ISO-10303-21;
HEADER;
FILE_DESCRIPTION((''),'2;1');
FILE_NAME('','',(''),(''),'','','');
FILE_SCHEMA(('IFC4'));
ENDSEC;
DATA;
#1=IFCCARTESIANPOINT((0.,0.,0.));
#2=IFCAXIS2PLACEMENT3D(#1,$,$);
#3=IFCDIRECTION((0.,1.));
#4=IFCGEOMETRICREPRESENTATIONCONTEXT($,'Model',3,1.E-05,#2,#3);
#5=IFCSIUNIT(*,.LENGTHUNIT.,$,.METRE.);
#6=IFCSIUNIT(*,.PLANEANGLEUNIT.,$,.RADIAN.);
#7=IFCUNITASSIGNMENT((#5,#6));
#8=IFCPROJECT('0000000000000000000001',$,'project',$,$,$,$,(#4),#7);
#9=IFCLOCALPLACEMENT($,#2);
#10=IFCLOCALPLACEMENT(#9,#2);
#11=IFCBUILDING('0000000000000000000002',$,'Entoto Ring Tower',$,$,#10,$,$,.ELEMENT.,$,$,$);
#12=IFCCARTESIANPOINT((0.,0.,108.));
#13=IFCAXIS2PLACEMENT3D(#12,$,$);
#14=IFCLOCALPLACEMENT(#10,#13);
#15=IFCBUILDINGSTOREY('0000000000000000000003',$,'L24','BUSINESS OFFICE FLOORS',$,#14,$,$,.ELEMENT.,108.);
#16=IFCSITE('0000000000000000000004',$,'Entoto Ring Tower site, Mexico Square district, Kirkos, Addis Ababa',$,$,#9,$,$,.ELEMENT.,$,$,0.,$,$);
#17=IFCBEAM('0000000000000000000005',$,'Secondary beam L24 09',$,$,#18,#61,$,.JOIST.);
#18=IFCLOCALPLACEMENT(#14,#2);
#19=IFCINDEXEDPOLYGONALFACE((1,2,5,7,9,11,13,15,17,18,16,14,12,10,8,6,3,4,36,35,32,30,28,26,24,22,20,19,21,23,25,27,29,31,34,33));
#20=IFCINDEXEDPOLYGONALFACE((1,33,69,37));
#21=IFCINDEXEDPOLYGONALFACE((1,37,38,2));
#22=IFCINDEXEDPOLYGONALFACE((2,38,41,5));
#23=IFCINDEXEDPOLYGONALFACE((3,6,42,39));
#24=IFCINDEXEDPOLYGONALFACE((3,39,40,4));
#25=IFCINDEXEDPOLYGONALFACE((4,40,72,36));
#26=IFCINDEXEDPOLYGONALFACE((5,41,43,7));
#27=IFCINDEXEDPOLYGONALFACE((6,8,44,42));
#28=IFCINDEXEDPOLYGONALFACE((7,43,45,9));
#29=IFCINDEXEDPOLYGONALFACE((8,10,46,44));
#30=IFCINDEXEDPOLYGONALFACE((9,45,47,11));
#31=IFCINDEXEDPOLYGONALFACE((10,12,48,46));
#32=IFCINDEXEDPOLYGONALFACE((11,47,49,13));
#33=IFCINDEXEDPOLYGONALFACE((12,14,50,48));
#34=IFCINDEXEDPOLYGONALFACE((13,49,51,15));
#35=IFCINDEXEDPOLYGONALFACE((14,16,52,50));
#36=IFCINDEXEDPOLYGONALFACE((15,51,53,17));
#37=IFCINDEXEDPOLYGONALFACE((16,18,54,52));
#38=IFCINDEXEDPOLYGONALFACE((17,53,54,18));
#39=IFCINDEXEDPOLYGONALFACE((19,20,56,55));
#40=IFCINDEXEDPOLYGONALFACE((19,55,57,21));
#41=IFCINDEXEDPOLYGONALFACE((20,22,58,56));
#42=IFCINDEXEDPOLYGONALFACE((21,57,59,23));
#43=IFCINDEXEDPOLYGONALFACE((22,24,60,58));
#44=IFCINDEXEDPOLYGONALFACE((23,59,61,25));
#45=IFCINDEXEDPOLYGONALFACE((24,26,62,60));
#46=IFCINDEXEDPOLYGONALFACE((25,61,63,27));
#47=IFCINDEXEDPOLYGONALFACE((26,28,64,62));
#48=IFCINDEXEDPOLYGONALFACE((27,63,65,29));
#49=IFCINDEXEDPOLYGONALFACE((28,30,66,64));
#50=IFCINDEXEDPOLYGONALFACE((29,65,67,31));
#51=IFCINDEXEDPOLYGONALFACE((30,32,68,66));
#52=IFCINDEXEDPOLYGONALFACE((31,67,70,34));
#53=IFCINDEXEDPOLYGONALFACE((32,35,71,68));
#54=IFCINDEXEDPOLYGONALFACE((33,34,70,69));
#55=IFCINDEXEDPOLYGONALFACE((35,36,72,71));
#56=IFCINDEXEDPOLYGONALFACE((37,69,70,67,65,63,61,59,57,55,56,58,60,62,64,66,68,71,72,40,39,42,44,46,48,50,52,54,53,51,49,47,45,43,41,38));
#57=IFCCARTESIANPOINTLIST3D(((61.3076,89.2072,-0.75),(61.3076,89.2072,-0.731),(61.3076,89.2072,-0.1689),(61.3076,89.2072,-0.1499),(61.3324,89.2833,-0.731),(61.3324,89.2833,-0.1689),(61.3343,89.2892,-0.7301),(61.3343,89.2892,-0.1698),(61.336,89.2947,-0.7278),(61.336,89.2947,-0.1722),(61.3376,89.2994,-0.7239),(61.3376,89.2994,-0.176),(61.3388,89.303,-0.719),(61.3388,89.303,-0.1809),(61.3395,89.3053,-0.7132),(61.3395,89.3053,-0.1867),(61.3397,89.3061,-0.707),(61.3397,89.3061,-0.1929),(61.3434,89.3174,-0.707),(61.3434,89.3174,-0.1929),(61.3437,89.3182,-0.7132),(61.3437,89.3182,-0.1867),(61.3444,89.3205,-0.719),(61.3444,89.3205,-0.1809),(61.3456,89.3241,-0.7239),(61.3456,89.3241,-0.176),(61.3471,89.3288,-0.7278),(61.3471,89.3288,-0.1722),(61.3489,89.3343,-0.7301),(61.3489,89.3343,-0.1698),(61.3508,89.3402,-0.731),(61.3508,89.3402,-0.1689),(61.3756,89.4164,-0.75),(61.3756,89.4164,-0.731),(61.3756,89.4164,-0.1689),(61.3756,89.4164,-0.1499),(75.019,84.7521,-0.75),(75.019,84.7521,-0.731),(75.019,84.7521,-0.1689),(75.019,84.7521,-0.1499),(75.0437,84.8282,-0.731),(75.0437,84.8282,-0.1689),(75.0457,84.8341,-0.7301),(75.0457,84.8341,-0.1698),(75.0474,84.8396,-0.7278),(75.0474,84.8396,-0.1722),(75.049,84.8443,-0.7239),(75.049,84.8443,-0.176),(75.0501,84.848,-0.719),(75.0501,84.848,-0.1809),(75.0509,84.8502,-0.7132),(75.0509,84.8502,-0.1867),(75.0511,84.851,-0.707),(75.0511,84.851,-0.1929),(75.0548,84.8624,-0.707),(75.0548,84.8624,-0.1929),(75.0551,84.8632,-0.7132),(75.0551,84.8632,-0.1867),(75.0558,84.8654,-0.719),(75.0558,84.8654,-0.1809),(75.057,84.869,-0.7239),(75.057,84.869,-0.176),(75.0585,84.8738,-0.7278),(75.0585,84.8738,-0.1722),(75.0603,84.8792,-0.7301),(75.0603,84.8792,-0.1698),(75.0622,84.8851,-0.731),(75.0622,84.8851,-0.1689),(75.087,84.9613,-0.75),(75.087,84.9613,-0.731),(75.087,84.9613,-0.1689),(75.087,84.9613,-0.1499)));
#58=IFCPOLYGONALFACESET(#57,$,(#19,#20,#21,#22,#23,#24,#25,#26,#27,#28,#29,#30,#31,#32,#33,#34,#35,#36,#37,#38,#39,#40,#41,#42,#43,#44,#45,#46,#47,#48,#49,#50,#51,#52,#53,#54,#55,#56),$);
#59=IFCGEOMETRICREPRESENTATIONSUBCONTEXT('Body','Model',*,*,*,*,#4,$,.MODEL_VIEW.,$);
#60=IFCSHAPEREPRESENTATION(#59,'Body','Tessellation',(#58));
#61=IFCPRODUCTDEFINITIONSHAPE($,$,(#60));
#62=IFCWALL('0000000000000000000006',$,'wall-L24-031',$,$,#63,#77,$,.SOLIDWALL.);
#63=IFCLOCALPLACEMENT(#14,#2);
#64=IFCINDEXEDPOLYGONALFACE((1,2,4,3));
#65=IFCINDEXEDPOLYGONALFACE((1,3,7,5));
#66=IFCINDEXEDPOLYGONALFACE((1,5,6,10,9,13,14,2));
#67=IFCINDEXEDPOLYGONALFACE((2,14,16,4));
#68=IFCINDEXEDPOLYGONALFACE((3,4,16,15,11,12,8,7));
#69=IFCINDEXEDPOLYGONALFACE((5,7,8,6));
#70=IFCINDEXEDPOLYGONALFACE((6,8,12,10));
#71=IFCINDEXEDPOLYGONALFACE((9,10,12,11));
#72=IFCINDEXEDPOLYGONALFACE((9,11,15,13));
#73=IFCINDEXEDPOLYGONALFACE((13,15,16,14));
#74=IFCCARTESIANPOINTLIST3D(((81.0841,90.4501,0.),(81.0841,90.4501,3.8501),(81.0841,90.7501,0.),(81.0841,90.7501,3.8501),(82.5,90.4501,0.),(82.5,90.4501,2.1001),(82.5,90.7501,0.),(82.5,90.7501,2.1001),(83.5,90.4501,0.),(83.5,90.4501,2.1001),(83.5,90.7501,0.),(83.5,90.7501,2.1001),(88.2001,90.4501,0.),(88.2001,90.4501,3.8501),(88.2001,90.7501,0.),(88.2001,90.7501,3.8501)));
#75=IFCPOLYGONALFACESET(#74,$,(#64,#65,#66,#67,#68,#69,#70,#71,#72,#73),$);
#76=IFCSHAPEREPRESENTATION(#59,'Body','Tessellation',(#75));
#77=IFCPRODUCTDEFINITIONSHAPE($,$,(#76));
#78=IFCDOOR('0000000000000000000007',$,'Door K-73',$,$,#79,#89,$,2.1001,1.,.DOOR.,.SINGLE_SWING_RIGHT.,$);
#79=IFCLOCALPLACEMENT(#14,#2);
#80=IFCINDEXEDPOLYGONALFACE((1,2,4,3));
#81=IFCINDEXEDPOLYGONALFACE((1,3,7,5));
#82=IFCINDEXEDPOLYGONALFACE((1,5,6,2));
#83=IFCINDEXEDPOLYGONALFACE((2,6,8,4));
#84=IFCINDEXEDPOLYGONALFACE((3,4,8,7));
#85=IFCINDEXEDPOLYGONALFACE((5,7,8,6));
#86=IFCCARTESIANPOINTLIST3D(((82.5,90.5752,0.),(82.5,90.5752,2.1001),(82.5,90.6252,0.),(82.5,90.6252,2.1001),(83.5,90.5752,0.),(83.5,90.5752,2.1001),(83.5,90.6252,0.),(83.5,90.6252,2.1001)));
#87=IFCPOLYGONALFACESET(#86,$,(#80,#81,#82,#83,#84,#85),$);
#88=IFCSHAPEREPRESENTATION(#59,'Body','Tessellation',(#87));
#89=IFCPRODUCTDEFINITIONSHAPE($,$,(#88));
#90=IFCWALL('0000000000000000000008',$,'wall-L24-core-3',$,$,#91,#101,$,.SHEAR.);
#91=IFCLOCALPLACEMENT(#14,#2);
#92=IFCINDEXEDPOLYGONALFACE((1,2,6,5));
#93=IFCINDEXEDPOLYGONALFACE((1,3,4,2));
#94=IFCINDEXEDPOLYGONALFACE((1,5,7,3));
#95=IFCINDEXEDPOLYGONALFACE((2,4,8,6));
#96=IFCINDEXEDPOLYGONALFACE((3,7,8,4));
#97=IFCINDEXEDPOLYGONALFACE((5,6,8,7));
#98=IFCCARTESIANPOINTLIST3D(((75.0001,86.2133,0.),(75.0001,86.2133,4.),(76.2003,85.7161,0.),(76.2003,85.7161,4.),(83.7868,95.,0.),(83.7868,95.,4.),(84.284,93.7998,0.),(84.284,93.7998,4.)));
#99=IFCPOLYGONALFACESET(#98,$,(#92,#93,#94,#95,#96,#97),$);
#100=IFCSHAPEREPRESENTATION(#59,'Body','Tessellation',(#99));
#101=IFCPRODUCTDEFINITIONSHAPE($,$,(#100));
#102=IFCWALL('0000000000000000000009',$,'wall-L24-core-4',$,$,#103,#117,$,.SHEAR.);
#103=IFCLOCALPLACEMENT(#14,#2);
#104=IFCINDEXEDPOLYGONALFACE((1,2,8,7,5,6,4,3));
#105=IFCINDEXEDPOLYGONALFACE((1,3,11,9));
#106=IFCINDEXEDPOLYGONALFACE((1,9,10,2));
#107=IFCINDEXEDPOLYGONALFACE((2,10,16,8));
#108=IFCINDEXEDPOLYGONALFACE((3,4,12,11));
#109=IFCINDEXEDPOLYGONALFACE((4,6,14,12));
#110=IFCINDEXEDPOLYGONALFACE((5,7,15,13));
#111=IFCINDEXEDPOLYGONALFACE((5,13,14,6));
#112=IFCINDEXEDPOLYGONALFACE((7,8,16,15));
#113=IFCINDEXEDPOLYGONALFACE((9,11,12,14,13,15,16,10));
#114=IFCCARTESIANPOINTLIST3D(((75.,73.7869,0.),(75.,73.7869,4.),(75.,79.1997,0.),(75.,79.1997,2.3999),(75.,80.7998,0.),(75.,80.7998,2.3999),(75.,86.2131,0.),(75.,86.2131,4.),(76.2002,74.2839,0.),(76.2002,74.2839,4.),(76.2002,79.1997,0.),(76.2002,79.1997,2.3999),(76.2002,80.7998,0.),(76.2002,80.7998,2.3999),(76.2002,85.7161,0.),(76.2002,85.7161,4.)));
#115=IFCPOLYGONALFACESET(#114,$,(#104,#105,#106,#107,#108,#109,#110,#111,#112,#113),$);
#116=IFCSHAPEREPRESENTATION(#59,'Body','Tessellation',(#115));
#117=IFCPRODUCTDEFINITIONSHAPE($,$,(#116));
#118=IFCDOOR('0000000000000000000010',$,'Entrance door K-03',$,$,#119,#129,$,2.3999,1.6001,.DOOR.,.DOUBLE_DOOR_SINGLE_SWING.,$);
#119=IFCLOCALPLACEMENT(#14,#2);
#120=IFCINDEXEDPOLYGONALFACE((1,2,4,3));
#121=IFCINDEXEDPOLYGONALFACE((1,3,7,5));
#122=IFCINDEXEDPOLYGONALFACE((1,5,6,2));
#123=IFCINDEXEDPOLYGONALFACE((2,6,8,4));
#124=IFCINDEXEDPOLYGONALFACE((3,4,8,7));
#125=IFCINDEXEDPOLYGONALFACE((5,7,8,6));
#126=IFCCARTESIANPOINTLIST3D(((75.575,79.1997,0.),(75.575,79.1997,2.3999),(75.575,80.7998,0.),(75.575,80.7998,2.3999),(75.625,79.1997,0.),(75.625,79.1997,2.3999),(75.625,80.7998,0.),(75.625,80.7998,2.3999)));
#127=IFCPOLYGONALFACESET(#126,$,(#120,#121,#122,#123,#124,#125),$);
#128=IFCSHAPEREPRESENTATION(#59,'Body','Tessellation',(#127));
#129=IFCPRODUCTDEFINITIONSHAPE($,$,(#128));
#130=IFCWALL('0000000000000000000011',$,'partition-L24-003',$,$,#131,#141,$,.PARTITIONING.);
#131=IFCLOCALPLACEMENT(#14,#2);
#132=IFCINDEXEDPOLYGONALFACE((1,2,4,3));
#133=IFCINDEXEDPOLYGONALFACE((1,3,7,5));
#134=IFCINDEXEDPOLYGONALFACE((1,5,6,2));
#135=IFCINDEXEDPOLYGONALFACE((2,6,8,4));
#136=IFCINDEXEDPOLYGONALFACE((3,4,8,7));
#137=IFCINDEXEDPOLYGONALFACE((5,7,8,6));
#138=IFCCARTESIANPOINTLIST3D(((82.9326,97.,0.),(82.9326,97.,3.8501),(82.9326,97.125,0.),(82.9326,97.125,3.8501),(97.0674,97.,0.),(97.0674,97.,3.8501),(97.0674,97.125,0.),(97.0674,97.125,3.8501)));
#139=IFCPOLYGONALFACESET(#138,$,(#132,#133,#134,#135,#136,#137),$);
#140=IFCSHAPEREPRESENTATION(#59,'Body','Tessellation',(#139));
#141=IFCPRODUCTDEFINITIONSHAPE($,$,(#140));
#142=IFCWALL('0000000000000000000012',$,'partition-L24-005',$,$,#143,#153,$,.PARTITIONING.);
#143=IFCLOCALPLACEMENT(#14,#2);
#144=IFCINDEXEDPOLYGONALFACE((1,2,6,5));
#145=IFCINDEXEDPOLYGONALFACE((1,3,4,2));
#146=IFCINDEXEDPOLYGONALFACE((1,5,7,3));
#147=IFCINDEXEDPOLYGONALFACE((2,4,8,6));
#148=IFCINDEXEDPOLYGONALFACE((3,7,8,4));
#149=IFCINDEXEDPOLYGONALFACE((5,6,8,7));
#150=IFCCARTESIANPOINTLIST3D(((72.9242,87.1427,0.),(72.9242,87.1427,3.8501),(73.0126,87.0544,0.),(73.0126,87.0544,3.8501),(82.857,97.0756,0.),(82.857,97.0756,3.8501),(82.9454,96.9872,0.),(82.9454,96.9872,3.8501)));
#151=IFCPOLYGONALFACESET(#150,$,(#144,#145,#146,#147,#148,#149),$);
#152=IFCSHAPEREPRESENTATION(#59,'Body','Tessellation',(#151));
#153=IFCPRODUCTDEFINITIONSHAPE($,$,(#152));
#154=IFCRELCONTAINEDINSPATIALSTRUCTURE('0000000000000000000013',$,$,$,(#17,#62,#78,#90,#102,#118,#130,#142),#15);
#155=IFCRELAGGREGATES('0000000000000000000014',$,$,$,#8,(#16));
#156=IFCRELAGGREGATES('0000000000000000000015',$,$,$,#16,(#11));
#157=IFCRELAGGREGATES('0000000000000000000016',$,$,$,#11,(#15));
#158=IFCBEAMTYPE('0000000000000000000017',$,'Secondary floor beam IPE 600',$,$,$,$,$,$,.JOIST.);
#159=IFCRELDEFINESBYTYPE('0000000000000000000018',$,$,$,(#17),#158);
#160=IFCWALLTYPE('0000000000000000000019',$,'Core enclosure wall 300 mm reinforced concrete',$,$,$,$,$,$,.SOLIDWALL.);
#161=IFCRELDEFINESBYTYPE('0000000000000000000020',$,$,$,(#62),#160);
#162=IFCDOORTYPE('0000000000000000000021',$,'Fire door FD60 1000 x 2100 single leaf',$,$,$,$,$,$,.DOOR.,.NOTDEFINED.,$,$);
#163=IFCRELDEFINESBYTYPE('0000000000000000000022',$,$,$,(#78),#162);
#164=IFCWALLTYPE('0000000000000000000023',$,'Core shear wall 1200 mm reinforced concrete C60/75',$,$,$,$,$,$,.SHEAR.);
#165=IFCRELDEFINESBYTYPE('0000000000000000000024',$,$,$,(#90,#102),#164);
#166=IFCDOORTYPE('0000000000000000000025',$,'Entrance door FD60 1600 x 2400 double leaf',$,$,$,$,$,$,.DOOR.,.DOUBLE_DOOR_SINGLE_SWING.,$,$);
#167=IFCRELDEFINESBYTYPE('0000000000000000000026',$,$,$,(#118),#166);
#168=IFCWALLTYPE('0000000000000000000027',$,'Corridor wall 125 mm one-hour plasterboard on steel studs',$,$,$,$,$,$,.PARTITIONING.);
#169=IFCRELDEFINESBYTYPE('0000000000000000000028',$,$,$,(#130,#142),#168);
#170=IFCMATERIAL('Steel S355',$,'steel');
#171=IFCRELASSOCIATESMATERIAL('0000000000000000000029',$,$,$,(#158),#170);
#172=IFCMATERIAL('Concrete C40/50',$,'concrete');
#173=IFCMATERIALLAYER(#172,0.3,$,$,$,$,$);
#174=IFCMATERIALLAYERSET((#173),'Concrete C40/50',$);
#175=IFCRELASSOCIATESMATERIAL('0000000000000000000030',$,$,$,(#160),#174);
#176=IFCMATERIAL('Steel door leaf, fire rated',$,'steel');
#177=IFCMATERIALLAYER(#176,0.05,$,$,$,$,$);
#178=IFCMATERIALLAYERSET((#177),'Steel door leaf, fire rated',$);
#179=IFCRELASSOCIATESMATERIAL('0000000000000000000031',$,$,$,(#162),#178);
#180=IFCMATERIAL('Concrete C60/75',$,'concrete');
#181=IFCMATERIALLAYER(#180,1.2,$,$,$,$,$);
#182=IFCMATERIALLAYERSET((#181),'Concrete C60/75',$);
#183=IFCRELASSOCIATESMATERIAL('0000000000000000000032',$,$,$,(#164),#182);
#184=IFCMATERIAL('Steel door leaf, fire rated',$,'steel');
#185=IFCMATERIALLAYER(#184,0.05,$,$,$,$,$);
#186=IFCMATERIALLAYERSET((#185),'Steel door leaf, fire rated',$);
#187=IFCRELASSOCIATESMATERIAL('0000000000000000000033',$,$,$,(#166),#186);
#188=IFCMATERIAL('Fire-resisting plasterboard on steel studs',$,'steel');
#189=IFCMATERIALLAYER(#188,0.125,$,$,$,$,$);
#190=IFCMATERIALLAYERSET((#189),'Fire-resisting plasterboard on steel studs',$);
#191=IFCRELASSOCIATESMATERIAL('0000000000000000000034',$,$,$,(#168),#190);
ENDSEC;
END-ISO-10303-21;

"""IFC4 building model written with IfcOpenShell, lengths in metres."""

from ifc_helpers import new_model, si_unit, direction, frame, frame_2d, origin, origin_2d, place, context, subcontext, project, spatial, polyline, rectangle, i_section, outline, extrude, material, layer, layer_set, material_profile, profile_set, type_object, element, fill, save


model = new_model("IFC4")

# Units and contexts
model_context = context("Model", 3, precision=1e-05, world=origin(), true_north=direction((0.0, 1.0)))
body_context = subcontext(model_context, "Body", "Model", "MODEL_VIEW")
ifc_project = project(units=[si_unit("LENGTHUNIT", "METRE"), si_unit("PLANEANGLEUNIT", "RADIAN")], contexts=[model_context])

# Site, building, storey
site_placement = place(None, origin())
site = spatial("IfcSite", under=ifc_project, at=site_placement, Name="Entoto Ring Tower site, Mexico Square district, Kirkos, Addis Ababa", CompositionType="ELEMENT", RefElevation=0.0)
building_placement = place(site_placement, origin())
building = spatial("IfcBuilding", under=site, at=building_placement, Name="Entoto Ring Tower", CompositionType="ELEMENT")
storey_placement = place(building_placement, frame((0.0, 0.0, 108.0)))
storey = spatial("IfcBuildingStorey", under=building, at=storey_placement, Name="L24", Description="BUSINESS OFFICE FLOORS", CompositionType="ELEMENT", Elevation=108.0)

# Beam
ifc_material_1 = material(Name="Steel S355", Category="steel")
ifc_material_profile_1 = material_profile(ifc_material_1, i_section(OverallWidth=0.22, OverallDepth=0.6001, WebThickness=0.012, FlangeThickness=0.019, FilletRadius=0.0239, at=origin_2d()), Name="IPE 600")
ifc_profile_set_1 = profile_set([ifc_material_profile_1], Name="Steel S355")
beam_type_1 = type_object("IfcBeamType", Name="Secondary floor beam IPE 600", PredefinedType="JOIST", material=ifc_profile_set_1)
beam_1_placement = place(storey_placement, frame((75.053, 84.8567, -0.45), z_axis=(-0.951057, 0.309015, 0.0), x_axis=(-0.309015, -0.951057, 0.0)))
element("IfcBeam", 1, at=beam_1_placement, inside=storey, type_object=beam_type_1, Name="Secondary beam L24 09", PredefinedType="JOIST", context=body_context, shape_type="SweptSolid", body=[
    extrude(i_section(OverallWidth=0.22, OverallDepth=0.6001, WebThickness=0.012, FlangeThickness=0.019, FilletRadius=0.0239, at=origin_2d()), origin(), (0.0, 0.0, 1.0), 14.417),
])

# Wall, opening, door
ifc_material_2 = material(Name="Concrete C40/50", Category="concrete")
ifc_layer_1 = layer(ifc_material_2, 0.3)
ifc_layer_set_1 = layer_set([ifc_layer_1], Name="Concrete C40/50")
wall_type_1 = type_object("IfcWallType", Name="Core enclosure wall 300 mm reinforced concrete", PredefinedType="SOLIDWALL", material=ifc_layer_set_1)
wall_1_placement = place(storey_placement, frame((81.084, 90.6001, 0.0), z_axis=(0.0, 0.0, 1.0), x_axis=(1.0, 0.0, 0.0)))
wall_1 = element("IfcWall", 2, at=wall_1_placement, inside=storey, type_object=wall_type_1, Name="wall-L24-031", PredefinedType="SOLIDWALL", context=body_context, shape_type="SweptSolid", body=[
    extrude(rectangle(XDim=7.116, YDim=0.3, at=frame_2d((3.5581, 0.0))), origin(), (0.0, 0.0, 1.0), 3.8501),
])
opening_1_placement = place(wall_1_placement, frame((1.416, 0.0, 0.0)))
opening_1 = element("IfcOpeningElement", 3, at=opening_1_placement, cuts=wall_1, PredefinedType="OPENING", context=body_context, shape_type="SweptSolid", body=[
    extrude(rectangle(XDim=1.0, YDim=2.1001, at=frame_2d((0.5, 1.05))), frame((0.0, 0.1602, 0.0), z_axis=(0.0, -1.0, 0.0), x_axis=(1.0, 0.0, 0.0)), (0.0, 0.0, 1.0), 0.3201),
])
ifc_material_3 = material(Name="Steel door leaf, fire rated", Category="steel")
ifc_layer_2 = layer(ifc_material_3, 0.05)
ifc_layer_set_2 = layer_set([ifc_layer_2], Name="Steel door leaf, fire rated")
door_type_1 = type_object("IfcDoorType", Name="Fire door FD60 1000 x 2100 single leaf", OperationType="NOTDEFINED", PredefinedType="DOOR", material=ifc_layer_set_2)
door_1_placement = place(opening_1_placement, frame((1.0, 0.0, 0.0), z_axis=(0.0, 0.0, 1.0), x_axis=(-1.0, 0.0, 0.0)))
door_1 = element("IfcDoor", 4, at=door_1_placement, inside=storey, type_object=door_type_1, Name="Door K-73", OperationType="SINGLE_SWING_RIGHT", OverallHeight=2.1001, OverallWidth=1.0, PredefinedType="DOOR", context=body_context, shape_type="SweptSolid", body=[
    extrude(rectangle(XDim=1.0, YDim=2.1001, at=frame_2d((0.5, 1.05))), frame((0.0, 0.0249, 0.0), z_axis=(0.0, -1.0, 0.0), x_axis=(1.0, 0.0, 0.0)), (0.0, 0.0, 1.0), 0.05),
])
fill(opening_1, door_1)

# Wall
ifc_material_4 = material(Name="Concrete C60/75", Category="concrete")
ifc_layer_3 = layer(ifc_material_4, 1.2)
ifc_layer_set_3 = layer_set([ifc_layer_3], Name="Concrete C60/75")
wall_type_2 = type_object("IfcWallType", Name="Core shear wall 1200 mm reinforced concrete C60/75", PredefinedType="SHEAR", material=ifc_layer_set_3)
wall_2_placement = place(storey_placement, frame((84.0354, 94.3999, 0.0), z_axis=(0.0, 0.0, 1.0), x_axis=(-0.707107, -0.707107, 0.0)))
element("IfcWall", 5, at=wall_2_placement, inside=storey, type_object=wall_type_2, Name="wall-L24-core-3", PredefinedType="SHEAR", context=body_context, shape_type="SweptSolid", body=[
    extrude(outline(polyline([(-0.2485, -0.6001), (12.1777, -0.6001), (11.6807, 0.6001), (0.2485, 0.6001), (-0.2485, -0.6001)])), origin(), (0.0, 0.0, 1.0), 4.0),
])

# Wall, opening, door
wall_3_placement = place(storey_placement, frame((75.6001, 85.9646, 0.0), z_axis=(0.0, 0.0, 1.0), x_axis=(0.0, -1.0, 0.0)))
wall_3 = element("IfcWall", 6, at=wall_3_placement, inside=storey, type_object=wall_type_2, Name="wall-L24-core-4", PredefinedType="SHEAR", context=body_context, shape_type="SweptSolid", body=[
    extrude(outline(polyline([(-0.2485, -0.6001), (12.1777, -0.6001), (11.6807, 0.6001), (0.2485, 0.6001), (-0.2485, -0.6001)])), origin(), (0.0, 0.0, 1.0), 4.0),
])
opening_2_placement = place(wall_3_placement, frame((5.1648, 0.0, 0.0)))
opening_2 = element("IfcOpeningElement", 7, at=opening_2_placement, cuts=wall_3, PredefinedType="OPENING", context=body_context, shape_type="SweptSolid", body=[
    extrude(rectangle(XDim=1.6001, YDim=2.3999, at=frame_2d((0.8, 1.2))), frame((0.0, 0.6099, 0.0), z_axis=(0.0, -1.0, 0.0), x_axis=(1.0, 0.0, 0.0)), (0.0, 0.0, 1.0), 1.22),
])
ifc_material_5 = material(Name="Steel door leaf, fire rated", Category="steel")
ifc_layer_4 = layer(ifc_material_5, 0.05)
ifc_layer_set_4 = layer_set([ifc_layer_4], Name="Steel door leaf, fire rated")
door_type_2 = type_object("IfcDoorType", Name="Entrance door FD60 1600 x 2400 double leaf", OperationType="DOUBLE_DOOR_SINGLE_SWING", PredefinedType="DOOR", material=ifc_layer_set_4)
door_2_placement = place(opening_2_placement, origin())
door_2 = element("IfcDoor", 8, at=door_2_placement, inside=storey, type_object=door_type_2, Name="Entrance door K-03", OperationType="DOUBLE_DOOR_SINGLE_SWING", OverallHeight=2.3999, OverallWidth=1.6001, PredefinedType="DOOR", context=body_context, shape_type="SweptSolid", body=[
    extrude(rectangle(XDim=1.6001, YDim=2.3999, at=frame_2d((0.8, 1.2))), frame((0.0, 0.0249, 0.0), z_axis=(0.0, -1.0, 0.0), x_axis=(1.0, 0.0, 0.0)), (0.0, 0.0, 1.0), 0.05),
])
fill(opening_2, door_2)

# Walls
ifc_material_6 = material(Name="Fire-resisting plasterboard on steel studs", Category="steel")
ifc_layer_5 = layer(ifc_material_6, 0.125)
ifc_layer_set_5 = layer_set([ifc_layer_5], Name="Fire-resisting plasterboard on steel studs")
wall_type_3 = type_object("IfcWallType", Name="Corridor wall 125 mm one-hour plasterboard on steel studs", PredefinedType="PARTITIONING", material=ifc_layer_set_5)
wall_4_placement = place(storey_placement, frame((82.9326, 97.0625, 0.0), z_axis=(0.0, 0.0, 1.0), x_axis=(1.0, 0.0, 0.0)))
element("IfcWall", 9, at=wall_4_placement, inside=storey, type_object=wall_type_3, Name="partition-L24-003", PredefinedType="PARTITIONING", context=body_context, shape_type="SweptSolid", body=[
    extrude(rectangle(XDim=14.1348, YDim=0.125, at=frame_2d((7.0674, 0.0))), origin(), (0.0, 0.0, 1.0), 3.8501),
])
wall_5_placement = place(storey_placement, frame((72.9685, 87.0986, 0.0), z_axis=(0.0, 0.0, 1.0), x_axis=(0.707107, 0.707107, 0.0)))
element("IfcWall", 10, at=wall_5_placement, inside=storey, type_object=wall_type_3, Name="partition-L24-005", PredefinedType="PARTITIONING", context=body_context, shape_type="SweptSolid", body=[
    extrude(rectangle(XDim=14.0471, YDim=0.125, at=frame_2d((7.0234, 0.0))), origin(), (0.0, 0.0, 1.0), 3.8501),
])

save(model, "model.ifc")
